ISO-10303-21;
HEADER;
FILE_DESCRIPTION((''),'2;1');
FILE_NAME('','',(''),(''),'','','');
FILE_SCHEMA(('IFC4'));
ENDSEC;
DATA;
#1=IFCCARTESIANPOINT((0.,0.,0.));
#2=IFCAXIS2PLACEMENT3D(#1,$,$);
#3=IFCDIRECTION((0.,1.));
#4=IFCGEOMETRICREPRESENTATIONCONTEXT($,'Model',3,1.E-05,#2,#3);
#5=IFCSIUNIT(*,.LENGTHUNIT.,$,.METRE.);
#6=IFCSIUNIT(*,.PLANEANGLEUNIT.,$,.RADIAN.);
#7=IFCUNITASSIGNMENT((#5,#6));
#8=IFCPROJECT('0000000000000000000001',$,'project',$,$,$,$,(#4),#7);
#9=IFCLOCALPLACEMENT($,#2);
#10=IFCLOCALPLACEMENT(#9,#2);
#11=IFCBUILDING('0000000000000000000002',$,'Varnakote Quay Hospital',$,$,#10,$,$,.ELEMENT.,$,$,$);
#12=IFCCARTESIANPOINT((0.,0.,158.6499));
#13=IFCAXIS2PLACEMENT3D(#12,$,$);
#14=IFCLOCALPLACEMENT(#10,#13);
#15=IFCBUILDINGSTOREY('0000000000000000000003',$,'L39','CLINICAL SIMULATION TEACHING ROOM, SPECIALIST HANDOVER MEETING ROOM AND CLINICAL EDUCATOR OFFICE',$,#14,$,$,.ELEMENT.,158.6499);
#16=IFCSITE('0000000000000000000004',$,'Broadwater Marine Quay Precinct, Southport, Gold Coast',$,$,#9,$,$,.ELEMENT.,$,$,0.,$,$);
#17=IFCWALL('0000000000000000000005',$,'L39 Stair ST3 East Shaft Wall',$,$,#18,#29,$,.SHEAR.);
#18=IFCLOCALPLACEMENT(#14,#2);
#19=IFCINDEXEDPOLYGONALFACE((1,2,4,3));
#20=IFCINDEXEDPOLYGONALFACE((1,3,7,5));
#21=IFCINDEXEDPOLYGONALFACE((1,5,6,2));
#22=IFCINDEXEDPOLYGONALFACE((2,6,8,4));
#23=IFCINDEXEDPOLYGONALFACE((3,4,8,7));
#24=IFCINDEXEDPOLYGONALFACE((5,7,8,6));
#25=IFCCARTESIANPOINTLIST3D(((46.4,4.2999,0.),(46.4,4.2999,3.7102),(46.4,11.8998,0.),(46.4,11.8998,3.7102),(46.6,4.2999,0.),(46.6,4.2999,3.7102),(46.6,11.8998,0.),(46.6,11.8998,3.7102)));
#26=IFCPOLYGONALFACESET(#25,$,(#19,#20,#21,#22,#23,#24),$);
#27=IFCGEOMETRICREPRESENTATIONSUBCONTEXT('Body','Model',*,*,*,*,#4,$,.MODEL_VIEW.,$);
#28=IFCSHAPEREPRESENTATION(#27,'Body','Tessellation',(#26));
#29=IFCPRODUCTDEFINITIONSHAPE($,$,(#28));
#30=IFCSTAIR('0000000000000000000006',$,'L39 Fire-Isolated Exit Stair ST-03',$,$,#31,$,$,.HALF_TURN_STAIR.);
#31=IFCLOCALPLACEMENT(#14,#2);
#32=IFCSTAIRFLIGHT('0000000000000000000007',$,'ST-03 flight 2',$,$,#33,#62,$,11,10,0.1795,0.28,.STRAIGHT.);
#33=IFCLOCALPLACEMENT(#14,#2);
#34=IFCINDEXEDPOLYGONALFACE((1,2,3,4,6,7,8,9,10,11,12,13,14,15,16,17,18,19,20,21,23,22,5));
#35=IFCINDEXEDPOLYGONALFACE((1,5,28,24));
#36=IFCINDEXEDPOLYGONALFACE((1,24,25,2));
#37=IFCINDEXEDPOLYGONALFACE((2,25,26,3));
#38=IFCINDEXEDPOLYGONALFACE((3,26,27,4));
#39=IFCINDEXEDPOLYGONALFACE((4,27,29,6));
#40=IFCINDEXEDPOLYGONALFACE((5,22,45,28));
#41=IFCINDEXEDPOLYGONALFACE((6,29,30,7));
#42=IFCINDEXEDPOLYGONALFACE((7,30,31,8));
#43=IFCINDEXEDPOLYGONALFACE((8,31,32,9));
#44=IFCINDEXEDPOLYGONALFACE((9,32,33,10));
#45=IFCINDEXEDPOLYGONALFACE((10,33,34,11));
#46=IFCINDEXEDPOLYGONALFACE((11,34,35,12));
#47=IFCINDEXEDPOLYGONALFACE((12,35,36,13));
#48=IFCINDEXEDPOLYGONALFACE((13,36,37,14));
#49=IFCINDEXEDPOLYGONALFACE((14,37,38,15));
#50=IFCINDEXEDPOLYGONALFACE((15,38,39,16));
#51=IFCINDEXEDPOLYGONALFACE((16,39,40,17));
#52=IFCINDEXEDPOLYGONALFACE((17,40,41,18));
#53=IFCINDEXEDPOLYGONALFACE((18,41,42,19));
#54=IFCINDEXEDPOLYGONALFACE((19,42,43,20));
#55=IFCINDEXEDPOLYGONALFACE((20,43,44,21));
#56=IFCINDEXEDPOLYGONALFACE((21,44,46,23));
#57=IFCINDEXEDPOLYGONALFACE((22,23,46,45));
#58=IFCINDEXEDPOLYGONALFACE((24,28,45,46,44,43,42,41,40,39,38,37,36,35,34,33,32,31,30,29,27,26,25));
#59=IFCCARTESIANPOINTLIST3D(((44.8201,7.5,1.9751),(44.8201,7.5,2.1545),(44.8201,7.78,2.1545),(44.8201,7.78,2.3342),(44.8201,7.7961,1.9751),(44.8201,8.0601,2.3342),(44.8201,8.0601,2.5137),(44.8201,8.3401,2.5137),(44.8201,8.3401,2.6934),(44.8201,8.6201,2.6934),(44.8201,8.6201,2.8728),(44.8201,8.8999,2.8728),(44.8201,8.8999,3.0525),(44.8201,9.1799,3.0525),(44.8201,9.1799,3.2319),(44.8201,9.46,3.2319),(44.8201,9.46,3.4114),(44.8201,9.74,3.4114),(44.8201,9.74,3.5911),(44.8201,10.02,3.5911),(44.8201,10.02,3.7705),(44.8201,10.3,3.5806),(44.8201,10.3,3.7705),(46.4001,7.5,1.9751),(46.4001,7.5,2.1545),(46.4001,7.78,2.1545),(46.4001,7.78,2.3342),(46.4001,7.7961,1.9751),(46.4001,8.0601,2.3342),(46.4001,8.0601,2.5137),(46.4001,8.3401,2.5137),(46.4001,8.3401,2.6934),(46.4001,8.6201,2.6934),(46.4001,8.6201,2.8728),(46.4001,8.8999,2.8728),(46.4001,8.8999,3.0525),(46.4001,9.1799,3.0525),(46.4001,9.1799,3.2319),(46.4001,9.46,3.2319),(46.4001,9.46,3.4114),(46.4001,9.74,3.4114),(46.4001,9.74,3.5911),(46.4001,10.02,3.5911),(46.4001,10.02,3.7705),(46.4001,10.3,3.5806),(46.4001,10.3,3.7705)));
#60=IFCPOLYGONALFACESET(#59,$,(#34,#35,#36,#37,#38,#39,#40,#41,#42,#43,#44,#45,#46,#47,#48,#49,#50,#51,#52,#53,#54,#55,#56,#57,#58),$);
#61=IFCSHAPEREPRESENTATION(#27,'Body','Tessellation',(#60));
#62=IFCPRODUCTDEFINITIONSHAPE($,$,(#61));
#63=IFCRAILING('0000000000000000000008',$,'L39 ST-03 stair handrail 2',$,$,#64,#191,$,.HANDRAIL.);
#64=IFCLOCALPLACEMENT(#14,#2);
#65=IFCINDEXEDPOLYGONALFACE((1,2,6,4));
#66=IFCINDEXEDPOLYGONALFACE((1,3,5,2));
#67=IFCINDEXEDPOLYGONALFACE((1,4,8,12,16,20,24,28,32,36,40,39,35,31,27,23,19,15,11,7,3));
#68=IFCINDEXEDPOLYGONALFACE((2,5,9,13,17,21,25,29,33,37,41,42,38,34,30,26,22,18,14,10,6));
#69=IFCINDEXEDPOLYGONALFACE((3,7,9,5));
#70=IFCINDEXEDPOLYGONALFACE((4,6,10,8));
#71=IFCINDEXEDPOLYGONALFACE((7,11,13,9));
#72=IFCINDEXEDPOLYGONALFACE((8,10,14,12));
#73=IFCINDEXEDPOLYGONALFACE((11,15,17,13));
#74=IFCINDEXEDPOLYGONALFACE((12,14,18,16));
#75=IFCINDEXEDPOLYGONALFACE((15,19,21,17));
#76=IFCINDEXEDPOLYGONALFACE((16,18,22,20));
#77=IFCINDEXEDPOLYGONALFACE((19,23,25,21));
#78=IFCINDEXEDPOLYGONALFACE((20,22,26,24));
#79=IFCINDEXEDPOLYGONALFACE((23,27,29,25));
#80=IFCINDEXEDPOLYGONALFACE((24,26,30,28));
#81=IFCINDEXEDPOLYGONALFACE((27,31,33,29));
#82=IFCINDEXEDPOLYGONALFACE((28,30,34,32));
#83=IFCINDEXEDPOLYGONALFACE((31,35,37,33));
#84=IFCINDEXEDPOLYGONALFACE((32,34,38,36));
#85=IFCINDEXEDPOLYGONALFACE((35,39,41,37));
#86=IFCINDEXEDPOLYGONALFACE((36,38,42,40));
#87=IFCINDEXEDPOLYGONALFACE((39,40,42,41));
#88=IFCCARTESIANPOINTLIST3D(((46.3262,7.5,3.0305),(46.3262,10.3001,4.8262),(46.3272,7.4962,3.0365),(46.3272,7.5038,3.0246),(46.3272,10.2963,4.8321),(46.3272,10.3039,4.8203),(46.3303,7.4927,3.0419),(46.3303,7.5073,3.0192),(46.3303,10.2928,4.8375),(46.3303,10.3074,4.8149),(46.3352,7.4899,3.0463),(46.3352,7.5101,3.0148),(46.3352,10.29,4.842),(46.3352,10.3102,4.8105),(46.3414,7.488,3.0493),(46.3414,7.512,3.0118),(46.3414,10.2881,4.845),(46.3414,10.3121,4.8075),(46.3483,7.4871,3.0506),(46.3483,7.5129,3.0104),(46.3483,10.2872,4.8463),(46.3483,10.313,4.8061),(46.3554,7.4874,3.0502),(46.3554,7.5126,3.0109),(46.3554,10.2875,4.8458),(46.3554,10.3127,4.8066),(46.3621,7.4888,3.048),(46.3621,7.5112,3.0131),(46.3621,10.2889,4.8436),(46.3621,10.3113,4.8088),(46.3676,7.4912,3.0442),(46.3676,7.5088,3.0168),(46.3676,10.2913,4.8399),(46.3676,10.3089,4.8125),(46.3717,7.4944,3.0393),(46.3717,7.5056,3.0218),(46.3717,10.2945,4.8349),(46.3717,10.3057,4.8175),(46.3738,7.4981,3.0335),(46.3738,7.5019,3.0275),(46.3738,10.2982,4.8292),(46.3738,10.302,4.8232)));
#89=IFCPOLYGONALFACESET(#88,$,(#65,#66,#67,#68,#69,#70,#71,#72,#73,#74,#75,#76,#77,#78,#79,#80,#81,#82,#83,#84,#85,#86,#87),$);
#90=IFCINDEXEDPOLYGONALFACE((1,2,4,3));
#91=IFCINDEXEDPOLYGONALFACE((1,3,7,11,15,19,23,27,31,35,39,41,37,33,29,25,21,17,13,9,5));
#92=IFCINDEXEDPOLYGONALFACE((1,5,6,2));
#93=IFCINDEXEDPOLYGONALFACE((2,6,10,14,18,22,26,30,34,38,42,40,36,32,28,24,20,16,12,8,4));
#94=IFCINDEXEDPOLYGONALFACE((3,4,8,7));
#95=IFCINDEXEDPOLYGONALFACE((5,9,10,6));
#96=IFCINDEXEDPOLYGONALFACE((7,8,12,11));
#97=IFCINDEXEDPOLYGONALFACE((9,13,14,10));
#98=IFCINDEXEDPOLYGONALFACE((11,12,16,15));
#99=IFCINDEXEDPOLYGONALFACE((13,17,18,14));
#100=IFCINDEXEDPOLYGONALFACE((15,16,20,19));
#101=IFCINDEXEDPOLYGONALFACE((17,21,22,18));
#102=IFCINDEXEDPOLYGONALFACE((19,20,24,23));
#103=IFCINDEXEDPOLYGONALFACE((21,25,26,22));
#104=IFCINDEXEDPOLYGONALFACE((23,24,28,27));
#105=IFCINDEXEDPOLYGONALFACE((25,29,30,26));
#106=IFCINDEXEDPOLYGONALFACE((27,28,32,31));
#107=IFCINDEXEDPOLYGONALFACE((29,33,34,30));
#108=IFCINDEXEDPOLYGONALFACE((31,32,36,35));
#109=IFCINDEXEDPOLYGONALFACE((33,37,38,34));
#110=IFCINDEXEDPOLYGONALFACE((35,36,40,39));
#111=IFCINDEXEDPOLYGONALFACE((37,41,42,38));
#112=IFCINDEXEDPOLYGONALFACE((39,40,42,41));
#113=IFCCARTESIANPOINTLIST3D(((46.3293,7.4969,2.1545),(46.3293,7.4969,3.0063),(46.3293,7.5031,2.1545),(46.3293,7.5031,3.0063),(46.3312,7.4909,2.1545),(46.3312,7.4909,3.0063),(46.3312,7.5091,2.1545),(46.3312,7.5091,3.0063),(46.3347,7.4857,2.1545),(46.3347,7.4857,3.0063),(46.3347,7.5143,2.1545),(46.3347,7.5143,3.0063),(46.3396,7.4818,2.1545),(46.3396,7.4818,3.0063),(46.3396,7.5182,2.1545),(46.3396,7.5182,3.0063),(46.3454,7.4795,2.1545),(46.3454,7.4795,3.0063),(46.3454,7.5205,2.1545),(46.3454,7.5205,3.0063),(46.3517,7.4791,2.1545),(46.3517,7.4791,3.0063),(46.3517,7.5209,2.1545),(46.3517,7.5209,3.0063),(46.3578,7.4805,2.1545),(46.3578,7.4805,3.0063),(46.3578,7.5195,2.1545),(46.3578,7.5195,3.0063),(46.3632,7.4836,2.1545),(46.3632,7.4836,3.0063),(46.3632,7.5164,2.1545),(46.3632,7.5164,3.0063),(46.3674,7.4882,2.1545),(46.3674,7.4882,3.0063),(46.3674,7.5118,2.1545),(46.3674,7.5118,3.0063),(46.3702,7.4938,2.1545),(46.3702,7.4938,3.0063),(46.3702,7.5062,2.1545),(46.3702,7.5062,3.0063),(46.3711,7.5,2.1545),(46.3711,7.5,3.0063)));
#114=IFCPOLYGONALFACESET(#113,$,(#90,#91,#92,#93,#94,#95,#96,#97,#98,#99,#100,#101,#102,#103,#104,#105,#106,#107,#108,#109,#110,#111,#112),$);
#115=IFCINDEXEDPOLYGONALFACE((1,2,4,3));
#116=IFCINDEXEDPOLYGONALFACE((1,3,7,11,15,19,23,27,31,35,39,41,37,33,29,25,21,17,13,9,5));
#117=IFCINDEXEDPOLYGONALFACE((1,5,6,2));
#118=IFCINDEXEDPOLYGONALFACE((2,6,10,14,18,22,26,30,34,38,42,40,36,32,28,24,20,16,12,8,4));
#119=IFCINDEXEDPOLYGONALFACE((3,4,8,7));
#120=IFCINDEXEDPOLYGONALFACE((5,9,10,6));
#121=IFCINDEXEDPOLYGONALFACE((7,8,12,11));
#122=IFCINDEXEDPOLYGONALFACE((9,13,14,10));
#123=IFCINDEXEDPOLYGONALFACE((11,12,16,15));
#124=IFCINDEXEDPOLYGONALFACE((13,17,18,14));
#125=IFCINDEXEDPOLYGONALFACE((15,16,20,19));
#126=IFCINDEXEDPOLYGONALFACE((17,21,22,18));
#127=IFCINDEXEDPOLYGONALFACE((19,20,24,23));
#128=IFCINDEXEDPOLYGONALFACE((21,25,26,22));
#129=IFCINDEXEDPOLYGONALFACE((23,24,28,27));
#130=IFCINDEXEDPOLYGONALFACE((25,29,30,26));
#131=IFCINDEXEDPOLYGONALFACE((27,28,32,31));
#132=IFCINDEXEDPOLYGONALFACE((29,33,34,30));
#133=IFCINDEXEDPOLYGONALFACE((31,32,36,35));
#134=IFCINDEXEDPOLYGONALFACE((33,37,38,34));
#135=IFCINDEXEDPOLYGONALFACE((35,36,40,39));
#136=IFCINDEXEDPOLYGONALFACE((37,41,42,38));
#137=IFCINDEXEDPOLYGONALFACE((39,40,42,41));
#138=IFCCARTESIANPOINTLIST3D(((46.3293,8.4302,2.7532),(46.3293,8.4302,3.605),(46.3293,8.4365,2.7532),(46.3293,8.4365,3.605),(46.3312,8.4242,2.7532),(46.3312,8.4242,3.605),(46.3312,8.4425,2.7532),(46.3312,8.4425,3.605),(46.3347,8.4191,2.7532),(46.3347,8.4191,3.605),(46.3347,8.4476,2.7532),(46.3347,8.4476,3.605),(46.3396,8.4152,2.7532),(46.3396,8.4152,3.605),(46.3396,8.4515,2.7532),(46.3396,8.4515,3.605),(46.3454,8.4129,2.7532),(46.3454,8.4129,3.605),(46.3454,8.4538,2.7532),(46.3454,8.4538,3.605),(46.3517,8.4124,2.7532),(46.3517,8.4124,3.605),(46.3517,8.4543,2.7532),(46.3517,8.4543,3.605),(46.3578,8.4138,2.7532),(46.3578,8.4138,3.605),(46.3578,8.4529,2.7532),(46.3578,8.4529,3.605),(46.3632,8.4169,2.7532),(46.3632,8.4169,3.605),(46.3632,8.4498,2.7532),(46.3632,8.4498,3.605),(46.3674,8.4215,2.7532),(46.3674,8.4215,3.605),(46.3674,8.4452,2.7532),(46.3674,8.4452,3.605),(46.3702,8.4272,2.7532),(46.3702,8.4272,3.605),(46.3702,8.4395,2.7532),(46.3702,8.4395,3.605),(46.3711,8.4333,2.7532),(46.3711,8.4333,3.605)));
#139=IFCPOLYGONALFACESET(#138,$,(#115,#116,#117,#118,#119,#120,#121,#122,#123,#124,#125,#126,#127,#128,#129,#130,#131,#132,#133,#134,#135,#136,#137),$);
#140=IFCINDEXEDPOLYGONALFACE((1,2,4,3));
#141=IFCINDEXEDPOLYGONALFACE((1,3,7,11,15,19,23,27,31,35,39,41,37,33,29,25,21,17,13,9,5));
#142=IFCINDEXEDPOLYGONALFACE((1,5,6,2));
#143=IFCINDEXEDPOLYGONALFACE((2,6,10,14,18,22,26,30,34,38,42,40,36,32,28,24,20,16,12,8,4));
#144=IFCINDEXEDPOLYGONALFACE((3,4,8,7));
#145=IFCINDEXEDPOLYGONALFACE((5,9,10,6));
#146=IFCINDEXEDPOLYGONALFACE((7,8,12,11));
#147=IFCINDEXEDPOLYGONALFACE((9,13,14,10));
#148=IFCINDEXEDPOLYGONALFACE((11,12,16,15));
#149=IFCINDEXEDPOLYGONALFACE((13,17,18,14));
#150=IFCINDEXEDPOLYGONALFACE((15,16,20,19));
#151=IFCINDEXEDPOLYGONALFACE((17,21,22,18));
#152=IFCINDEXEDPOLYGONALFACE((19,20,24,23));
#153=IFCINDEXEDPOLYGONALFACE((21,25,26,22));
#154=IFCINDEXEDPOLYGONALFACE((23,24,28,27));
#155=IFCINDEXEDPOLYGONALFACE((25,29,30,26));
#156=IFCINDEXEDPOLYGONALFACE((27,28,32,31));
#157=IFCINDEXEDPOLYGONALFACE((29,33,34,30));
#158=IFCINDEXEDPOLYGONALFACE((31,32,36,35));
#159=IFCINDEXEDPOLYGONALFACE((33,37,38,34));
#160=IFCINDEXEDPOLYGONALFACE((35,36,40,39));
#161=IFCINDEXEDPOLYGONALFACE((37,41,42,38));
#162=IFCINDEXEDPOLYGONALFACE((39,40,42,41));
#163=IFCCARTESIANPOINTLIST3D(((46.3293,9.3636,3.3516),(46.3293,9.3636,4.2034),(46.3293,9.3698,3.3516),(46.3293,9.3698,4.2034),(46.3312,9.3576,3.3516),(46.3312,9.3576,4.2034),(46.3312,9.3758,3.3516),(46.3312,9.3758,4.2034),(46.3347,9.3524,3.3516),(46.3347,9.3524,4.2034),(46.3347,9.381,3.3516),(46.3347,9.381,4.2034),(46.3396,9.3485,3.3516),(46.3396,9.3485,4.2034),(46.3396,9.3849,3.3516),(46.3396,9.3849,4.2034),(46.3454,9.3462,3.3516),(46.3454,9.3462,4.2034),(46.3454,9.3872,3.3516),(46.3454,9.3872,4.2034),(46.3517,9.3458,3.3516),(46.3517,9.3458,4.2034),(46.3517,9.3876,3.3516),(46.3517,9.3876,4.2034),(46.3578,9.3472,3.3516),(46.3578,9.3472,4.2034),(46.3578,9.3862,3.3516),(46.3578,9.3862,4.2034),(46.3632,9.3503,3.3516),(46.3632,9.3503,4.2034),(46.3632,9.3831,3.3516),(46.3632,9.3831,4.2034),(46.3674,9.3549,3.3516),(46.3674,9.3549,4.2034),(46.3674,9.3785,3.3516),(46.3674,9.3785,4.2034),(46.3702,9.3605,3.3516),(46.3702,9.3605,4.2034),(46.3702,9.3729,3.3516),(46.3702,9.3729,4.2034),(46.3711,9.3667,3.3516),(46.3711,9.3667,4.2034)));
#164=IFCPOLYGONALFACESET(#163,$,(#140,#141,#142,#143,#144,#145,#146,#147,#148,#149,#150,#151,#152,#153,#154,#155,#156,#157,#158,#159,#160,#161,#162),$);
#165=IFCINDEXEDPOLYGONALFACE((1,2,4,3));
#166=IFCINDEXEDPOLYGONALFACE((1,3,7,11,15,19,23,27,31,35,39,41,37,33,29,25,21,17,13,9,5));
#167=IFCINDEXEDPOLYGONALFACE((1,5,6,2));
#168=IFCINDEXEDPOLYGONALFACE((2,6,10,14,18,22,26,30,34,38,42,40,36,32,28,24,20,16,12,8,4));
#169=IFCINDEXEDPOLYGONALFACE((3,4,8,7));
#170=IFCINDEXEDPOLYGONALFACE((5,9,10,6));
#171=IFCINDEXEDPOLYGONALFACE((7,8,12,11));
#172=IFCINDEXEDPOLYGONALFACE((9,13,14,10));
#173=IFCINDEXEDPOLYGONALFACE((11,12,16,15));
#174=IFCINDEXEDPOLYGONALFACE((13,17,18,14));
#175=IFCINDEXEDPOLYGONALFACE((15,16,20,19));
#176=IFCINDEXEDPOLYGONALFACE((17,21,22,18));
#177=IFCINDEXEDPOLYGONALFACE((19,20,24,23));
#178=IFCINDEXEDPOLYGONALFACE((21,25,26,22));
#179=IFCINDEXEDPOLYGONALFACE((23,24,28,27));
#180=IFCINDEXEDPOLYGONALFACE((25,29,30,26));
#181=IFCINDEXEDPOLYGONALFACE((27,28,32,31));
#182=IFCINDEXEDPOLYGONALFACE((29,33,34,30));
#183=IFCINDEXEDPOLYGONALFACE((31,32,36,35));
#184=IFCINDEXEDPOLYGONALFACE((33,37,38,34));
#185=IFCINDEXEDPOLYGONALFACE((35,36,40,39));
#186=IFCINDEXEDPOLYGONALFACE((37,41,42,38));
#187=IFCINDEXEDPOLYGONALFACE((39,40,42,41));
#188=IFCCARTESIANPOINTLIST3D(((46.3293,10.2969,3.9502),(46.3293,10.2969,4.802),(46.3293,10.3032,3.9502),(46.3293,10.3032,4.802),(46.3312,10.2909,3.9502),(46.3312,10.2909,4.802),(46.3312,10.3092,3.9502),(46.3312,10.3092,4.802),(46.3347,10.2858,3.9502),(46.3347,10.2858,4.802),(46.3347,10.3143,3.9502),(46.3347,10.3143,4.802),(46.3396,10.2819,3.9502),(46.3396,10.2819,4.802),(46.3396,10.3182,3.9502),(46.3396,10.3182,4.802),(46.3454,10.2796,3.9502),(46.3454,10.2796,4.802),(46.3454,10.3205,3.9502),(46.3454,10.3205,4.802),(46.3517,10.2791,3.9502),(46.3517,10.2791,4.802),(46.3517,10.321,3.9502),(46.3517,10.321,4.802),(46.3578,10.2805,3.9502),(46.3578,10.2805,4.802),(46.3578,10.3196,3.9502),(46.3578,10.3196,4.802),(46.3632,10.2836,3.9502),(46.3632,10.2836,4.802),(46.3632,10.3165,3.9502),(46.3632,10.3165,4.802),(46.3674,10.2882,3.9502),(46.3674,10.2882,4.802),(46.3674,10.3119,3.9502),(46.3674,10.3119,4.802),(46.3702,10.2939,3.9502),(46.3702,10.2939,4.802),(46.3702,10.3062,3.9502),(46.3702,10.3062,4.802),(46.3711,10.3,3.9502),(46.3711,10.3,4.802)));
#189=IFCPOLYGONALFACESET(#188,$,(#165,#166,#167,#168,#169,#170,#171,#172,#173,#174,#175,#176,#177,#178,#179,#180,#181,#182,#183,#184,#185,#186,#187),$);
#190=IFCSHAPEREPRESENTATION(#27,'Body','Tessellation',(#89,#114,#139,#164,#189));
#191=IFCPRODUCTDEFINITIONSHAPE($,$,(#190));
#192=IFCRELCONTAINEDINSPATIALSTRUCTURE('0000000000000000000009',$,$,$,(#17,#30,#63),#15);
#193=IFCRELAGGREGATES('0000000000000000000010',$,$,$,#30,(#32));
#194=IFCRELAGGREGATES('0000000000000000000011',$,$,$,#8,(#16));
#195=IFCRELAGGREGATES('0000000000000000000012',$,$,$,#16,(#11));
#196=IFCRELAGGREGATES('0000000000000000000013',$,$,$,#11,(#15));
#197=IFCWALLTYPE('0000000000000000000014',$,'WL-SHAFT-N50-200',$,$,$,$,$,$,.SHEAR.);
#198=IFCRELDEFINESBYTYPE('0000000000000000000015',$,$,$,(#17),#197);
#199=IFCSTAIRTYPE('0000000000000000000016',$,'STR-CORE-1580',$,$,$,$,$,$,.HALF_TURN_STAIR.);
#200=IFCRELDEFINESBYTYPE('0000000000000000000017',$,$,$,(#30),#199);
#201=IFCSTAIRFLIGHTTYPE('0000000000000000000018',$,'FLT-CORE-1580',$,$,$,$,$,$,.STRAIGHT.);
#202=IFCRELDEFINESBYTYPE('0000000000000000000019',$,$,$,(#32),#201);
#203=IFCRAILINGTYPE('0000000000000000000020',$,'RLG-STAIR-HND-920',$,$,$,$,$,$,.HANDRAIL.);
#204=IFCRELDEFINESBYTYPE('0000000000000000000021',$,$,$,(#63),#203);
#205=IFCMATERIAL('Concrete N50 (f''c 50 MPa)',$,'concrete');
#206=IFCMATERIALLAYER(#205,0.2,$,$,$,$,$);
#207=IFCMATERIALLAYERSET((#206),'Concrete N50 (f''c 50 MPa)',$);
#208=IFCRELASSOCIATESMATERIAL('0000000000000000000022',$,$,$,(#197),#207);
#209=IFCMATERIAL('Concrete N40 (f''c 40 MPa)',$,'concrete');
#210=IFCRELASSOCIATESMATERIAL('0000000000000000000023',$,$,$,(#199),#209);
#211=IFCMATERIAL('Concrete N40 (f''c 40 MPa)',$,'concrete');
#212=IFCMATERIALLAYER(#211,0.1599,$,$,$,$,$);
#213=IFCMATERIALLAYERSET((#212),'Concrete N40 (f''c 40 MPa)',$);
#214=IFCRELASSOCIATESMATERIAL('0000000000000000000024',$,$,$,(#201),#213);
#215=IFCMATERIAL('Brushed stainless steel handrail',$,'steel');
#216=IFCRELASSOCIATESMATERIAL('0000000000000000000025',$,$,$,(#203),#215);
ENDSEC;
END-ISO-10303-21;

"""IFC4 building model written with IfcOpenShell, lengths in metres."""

from ifc_helpers import new_model, si_unit, direction, frame, frame_2d, origin, origin_2d, place, context, subcontext, project, spatial, polyline, rectangle, circle, outline, extrude, material, layer, layer_set, type_object, element, aggregate, save


model = new_model("IFC4")

# Units and contexts
model_context = context("Model", 3, precision=1e-05, world=origin(), true_north=direction((0.0, 1.0)))
body_context = subcontext(model_context, "Body", "Model", "MODEL_VIEW")
ifc_project = project(units=[si_unit("LENGTHUNIT", "METRE"), si_unit("PLANEANGLEUNIT", "RADIAN")], contexts=[model_context])

# Site, building, storey
site_placement = place(None, origin())
site = spatial("IfcSite", under=ifc_project, at=site_placement, Name="Broadwater Marine Quay Precinct, Southport, Gold Coast", CompositionType="ELEMENT", RefElevation=0.0)
building_placement = place(site_placement, origin())
building = spatial("IfcBuilding", under=site, at=building_placement, Name="Varnakote Quay Hospital", CompositionType="ELEMENT")
storey_placement = place(building_placement, frame((0.0, 0.0, 158.6499)))
storey = spatial("IfcBuildingStorey", under=building, at=storey_placement, Name="L39", Description="CLINICAL SIMULATION TEACHING ROOM, SPECIALIST HANDOVER MEETING ROOM AND CLINICAL EDUCATOR OFFICE", CompositionType="ELEMENT", Elevation=158.6499)

# Wall
ifc_material_1 = material(Name="Concrete N50 (f'c 50 MPa)", Category="concrete")
ifc_layer_1 = layer(ifc_material_1, 0.2)
ifc_layer_set_1 = layer_set([ifc_layer_1], Name="Concrete N50 (f'c 50 MPa)")
wall_type_1 = type_object("IfcWallType", Name="WL-SHAFT-N50-200", PredefinedType="SHEAR", material=ifc_layer_set_1)
wall_1_placement = place(storey_placement, frame((46.5, 4.3, 0.0), z_axis=(0.0, 0.0, 1.0), x_axis=(0.0, 1.0, 0.0)))
element("IfcWall", 1, at=wall_1_placement, inside=storey, type_object=wall_type_1, Name="L39 Stair ST3 East Shaft Wall", PredefinedType="SHEAR", context=body_context, shape_type="SweptSolid", body=[
    extrude(rectangle(XDim=7.5999, YDim=0.2, at=frame_2d((3.7998, 0.0))), origin(), (0.0, 0.0, 1.0), 3.7102),
])

# Stair, stair flight
ifc_material_2 = material(Name="Concrete N40 (f'c 40 MPa)", Category="concrete")
stair_type = type_object("IfcStairType", Name="STR-CORE-1580", PredefinedType="HALF_TURN_STAIR", material=ifc_material_2)
stair_placement = place(storey_placement, origin())
stair = element("IfcStair", 2, at=stair_placement, inside=storey, type_object=stair_type, Name="L39 Fire-Isolated Exit Stair ST-03", PredefinedType="HALF_TURN_STAIR")
ifc_material_3 = material(Name="Concrete N40 (f'c 40 MPa)", Category="concrete")
ifc_layer_2 = layer(ifc_material_3, 0.1599)
ifc_layer_set_2 = layer_set([ifc_layer_2], Name="Concrete N40 (f'c 40 MPa)")
stair_flight_type = type_object("IfcStairFlightType", Name="FLT-CORE-1580", PredefinedType="STRAIGHT", material=ifc_layer_set_2)
stair_flight_placement = place(storey_placement, frame((45.6101, 7.5, 1.9751), z_axis=(0.0, 0.0, 1.0), x_axis=(0.0, 1.0, 0.0)))
stair_flight = element("IfcStairFlight", 3, at=stair_flight_placement, type_object=stair_flight_type, Name="ST-03 flight 2", NumberOfRisers=11, NumberOfTreads=10, PredefinedType="STRAIGHT", RiserHeight=0.1795, TreadLength=0.28, context=body_context, shape_type="SweptSolid", body=[
    extrude(outline(polyline([(0.0, 0.0), (0.0, 0.1794), (0.28, 0.1794), (0.28, 0.3591), (0.5601, 0.3591), (0.5601, 0.5386), (0.8401, 0.5386), (0.8401, 0.7183), (1.1201, 0.7183), (1.1201, 0.8977), (1.3999, 0.8977), (1.3999, 1.0774), (1.6799, 1.0774), (1.6799, 1.2568), (1.96, 1.2568), (1.96, 1.4363), (2.24, 1.4363), (2.24, 1.616), (2.52, 1.616), (2.52, 1.7954), (2.8, 1.7954), (2.8, 1.9751), (2.8, 1.6055), (0.2961, 0.0), (0.0, 0.0)])), frame((0.0, 0.79, 0.0), z_axis=(0.0, -1.0, 0.0), x_axis=(1.0, 0.0, 0.0)), (0.0, 0.0, 1.0), 1.5801),
])
aggregate(stair, [stair_flight])

# Railing
ifc_material_4 = material(Name="Brushed stainless steel handrail", Category="steel")
railing_type = type_object("IfcRailingType", Name="RLG-STAIR-HND-920", PredefinedType="HANDRAIL", material=ifc_material_4)
railing_placement = place(storey_placement, frame((46.3501, 7.5, 2.1545)))
element("IfcRailing", 4, at=railing_placement, inside=storey, type_object=railing_type, Name="L39 ST-03 stair handrail 2", PredefinedType="HANDRAIL", context=body_context, shape_type="SweptSolid", body=[
    extrude(circle(Radius=0.0239, at=origin_2d()), frame((0.0, 0.0, 0.876), z_axis=(0.0, 0.841777, 0.539826), x_axis=(-1.0, 0.0, 0.0)), (0.0, 0.0, 1.0), 3.3264),
    extrude(circle(Radius=0.021, at=origin_2d()), origin(), (0.0, 0.0, 1.0), 0.8518),
    extrude(circle(Radius=0.021, at=origin_2d()), frame((0.0, 0.9333, 0.5986)), (0.0, 0.0, 1.0), 0.8518),
    extrude(circle(Radius=0.021, at=origin_2d()), frame((0.0, 1.8667, 1.197)), (0.0, 0.0, 1.0), 0.8518),
    extrude(circle(Radius=0.021, at=origin_2d()), frame((0.0, 2.8, 1.7957)), (0.0, 0.0, 1.0), 0.8518),
])

save(model, "model.ifc")
